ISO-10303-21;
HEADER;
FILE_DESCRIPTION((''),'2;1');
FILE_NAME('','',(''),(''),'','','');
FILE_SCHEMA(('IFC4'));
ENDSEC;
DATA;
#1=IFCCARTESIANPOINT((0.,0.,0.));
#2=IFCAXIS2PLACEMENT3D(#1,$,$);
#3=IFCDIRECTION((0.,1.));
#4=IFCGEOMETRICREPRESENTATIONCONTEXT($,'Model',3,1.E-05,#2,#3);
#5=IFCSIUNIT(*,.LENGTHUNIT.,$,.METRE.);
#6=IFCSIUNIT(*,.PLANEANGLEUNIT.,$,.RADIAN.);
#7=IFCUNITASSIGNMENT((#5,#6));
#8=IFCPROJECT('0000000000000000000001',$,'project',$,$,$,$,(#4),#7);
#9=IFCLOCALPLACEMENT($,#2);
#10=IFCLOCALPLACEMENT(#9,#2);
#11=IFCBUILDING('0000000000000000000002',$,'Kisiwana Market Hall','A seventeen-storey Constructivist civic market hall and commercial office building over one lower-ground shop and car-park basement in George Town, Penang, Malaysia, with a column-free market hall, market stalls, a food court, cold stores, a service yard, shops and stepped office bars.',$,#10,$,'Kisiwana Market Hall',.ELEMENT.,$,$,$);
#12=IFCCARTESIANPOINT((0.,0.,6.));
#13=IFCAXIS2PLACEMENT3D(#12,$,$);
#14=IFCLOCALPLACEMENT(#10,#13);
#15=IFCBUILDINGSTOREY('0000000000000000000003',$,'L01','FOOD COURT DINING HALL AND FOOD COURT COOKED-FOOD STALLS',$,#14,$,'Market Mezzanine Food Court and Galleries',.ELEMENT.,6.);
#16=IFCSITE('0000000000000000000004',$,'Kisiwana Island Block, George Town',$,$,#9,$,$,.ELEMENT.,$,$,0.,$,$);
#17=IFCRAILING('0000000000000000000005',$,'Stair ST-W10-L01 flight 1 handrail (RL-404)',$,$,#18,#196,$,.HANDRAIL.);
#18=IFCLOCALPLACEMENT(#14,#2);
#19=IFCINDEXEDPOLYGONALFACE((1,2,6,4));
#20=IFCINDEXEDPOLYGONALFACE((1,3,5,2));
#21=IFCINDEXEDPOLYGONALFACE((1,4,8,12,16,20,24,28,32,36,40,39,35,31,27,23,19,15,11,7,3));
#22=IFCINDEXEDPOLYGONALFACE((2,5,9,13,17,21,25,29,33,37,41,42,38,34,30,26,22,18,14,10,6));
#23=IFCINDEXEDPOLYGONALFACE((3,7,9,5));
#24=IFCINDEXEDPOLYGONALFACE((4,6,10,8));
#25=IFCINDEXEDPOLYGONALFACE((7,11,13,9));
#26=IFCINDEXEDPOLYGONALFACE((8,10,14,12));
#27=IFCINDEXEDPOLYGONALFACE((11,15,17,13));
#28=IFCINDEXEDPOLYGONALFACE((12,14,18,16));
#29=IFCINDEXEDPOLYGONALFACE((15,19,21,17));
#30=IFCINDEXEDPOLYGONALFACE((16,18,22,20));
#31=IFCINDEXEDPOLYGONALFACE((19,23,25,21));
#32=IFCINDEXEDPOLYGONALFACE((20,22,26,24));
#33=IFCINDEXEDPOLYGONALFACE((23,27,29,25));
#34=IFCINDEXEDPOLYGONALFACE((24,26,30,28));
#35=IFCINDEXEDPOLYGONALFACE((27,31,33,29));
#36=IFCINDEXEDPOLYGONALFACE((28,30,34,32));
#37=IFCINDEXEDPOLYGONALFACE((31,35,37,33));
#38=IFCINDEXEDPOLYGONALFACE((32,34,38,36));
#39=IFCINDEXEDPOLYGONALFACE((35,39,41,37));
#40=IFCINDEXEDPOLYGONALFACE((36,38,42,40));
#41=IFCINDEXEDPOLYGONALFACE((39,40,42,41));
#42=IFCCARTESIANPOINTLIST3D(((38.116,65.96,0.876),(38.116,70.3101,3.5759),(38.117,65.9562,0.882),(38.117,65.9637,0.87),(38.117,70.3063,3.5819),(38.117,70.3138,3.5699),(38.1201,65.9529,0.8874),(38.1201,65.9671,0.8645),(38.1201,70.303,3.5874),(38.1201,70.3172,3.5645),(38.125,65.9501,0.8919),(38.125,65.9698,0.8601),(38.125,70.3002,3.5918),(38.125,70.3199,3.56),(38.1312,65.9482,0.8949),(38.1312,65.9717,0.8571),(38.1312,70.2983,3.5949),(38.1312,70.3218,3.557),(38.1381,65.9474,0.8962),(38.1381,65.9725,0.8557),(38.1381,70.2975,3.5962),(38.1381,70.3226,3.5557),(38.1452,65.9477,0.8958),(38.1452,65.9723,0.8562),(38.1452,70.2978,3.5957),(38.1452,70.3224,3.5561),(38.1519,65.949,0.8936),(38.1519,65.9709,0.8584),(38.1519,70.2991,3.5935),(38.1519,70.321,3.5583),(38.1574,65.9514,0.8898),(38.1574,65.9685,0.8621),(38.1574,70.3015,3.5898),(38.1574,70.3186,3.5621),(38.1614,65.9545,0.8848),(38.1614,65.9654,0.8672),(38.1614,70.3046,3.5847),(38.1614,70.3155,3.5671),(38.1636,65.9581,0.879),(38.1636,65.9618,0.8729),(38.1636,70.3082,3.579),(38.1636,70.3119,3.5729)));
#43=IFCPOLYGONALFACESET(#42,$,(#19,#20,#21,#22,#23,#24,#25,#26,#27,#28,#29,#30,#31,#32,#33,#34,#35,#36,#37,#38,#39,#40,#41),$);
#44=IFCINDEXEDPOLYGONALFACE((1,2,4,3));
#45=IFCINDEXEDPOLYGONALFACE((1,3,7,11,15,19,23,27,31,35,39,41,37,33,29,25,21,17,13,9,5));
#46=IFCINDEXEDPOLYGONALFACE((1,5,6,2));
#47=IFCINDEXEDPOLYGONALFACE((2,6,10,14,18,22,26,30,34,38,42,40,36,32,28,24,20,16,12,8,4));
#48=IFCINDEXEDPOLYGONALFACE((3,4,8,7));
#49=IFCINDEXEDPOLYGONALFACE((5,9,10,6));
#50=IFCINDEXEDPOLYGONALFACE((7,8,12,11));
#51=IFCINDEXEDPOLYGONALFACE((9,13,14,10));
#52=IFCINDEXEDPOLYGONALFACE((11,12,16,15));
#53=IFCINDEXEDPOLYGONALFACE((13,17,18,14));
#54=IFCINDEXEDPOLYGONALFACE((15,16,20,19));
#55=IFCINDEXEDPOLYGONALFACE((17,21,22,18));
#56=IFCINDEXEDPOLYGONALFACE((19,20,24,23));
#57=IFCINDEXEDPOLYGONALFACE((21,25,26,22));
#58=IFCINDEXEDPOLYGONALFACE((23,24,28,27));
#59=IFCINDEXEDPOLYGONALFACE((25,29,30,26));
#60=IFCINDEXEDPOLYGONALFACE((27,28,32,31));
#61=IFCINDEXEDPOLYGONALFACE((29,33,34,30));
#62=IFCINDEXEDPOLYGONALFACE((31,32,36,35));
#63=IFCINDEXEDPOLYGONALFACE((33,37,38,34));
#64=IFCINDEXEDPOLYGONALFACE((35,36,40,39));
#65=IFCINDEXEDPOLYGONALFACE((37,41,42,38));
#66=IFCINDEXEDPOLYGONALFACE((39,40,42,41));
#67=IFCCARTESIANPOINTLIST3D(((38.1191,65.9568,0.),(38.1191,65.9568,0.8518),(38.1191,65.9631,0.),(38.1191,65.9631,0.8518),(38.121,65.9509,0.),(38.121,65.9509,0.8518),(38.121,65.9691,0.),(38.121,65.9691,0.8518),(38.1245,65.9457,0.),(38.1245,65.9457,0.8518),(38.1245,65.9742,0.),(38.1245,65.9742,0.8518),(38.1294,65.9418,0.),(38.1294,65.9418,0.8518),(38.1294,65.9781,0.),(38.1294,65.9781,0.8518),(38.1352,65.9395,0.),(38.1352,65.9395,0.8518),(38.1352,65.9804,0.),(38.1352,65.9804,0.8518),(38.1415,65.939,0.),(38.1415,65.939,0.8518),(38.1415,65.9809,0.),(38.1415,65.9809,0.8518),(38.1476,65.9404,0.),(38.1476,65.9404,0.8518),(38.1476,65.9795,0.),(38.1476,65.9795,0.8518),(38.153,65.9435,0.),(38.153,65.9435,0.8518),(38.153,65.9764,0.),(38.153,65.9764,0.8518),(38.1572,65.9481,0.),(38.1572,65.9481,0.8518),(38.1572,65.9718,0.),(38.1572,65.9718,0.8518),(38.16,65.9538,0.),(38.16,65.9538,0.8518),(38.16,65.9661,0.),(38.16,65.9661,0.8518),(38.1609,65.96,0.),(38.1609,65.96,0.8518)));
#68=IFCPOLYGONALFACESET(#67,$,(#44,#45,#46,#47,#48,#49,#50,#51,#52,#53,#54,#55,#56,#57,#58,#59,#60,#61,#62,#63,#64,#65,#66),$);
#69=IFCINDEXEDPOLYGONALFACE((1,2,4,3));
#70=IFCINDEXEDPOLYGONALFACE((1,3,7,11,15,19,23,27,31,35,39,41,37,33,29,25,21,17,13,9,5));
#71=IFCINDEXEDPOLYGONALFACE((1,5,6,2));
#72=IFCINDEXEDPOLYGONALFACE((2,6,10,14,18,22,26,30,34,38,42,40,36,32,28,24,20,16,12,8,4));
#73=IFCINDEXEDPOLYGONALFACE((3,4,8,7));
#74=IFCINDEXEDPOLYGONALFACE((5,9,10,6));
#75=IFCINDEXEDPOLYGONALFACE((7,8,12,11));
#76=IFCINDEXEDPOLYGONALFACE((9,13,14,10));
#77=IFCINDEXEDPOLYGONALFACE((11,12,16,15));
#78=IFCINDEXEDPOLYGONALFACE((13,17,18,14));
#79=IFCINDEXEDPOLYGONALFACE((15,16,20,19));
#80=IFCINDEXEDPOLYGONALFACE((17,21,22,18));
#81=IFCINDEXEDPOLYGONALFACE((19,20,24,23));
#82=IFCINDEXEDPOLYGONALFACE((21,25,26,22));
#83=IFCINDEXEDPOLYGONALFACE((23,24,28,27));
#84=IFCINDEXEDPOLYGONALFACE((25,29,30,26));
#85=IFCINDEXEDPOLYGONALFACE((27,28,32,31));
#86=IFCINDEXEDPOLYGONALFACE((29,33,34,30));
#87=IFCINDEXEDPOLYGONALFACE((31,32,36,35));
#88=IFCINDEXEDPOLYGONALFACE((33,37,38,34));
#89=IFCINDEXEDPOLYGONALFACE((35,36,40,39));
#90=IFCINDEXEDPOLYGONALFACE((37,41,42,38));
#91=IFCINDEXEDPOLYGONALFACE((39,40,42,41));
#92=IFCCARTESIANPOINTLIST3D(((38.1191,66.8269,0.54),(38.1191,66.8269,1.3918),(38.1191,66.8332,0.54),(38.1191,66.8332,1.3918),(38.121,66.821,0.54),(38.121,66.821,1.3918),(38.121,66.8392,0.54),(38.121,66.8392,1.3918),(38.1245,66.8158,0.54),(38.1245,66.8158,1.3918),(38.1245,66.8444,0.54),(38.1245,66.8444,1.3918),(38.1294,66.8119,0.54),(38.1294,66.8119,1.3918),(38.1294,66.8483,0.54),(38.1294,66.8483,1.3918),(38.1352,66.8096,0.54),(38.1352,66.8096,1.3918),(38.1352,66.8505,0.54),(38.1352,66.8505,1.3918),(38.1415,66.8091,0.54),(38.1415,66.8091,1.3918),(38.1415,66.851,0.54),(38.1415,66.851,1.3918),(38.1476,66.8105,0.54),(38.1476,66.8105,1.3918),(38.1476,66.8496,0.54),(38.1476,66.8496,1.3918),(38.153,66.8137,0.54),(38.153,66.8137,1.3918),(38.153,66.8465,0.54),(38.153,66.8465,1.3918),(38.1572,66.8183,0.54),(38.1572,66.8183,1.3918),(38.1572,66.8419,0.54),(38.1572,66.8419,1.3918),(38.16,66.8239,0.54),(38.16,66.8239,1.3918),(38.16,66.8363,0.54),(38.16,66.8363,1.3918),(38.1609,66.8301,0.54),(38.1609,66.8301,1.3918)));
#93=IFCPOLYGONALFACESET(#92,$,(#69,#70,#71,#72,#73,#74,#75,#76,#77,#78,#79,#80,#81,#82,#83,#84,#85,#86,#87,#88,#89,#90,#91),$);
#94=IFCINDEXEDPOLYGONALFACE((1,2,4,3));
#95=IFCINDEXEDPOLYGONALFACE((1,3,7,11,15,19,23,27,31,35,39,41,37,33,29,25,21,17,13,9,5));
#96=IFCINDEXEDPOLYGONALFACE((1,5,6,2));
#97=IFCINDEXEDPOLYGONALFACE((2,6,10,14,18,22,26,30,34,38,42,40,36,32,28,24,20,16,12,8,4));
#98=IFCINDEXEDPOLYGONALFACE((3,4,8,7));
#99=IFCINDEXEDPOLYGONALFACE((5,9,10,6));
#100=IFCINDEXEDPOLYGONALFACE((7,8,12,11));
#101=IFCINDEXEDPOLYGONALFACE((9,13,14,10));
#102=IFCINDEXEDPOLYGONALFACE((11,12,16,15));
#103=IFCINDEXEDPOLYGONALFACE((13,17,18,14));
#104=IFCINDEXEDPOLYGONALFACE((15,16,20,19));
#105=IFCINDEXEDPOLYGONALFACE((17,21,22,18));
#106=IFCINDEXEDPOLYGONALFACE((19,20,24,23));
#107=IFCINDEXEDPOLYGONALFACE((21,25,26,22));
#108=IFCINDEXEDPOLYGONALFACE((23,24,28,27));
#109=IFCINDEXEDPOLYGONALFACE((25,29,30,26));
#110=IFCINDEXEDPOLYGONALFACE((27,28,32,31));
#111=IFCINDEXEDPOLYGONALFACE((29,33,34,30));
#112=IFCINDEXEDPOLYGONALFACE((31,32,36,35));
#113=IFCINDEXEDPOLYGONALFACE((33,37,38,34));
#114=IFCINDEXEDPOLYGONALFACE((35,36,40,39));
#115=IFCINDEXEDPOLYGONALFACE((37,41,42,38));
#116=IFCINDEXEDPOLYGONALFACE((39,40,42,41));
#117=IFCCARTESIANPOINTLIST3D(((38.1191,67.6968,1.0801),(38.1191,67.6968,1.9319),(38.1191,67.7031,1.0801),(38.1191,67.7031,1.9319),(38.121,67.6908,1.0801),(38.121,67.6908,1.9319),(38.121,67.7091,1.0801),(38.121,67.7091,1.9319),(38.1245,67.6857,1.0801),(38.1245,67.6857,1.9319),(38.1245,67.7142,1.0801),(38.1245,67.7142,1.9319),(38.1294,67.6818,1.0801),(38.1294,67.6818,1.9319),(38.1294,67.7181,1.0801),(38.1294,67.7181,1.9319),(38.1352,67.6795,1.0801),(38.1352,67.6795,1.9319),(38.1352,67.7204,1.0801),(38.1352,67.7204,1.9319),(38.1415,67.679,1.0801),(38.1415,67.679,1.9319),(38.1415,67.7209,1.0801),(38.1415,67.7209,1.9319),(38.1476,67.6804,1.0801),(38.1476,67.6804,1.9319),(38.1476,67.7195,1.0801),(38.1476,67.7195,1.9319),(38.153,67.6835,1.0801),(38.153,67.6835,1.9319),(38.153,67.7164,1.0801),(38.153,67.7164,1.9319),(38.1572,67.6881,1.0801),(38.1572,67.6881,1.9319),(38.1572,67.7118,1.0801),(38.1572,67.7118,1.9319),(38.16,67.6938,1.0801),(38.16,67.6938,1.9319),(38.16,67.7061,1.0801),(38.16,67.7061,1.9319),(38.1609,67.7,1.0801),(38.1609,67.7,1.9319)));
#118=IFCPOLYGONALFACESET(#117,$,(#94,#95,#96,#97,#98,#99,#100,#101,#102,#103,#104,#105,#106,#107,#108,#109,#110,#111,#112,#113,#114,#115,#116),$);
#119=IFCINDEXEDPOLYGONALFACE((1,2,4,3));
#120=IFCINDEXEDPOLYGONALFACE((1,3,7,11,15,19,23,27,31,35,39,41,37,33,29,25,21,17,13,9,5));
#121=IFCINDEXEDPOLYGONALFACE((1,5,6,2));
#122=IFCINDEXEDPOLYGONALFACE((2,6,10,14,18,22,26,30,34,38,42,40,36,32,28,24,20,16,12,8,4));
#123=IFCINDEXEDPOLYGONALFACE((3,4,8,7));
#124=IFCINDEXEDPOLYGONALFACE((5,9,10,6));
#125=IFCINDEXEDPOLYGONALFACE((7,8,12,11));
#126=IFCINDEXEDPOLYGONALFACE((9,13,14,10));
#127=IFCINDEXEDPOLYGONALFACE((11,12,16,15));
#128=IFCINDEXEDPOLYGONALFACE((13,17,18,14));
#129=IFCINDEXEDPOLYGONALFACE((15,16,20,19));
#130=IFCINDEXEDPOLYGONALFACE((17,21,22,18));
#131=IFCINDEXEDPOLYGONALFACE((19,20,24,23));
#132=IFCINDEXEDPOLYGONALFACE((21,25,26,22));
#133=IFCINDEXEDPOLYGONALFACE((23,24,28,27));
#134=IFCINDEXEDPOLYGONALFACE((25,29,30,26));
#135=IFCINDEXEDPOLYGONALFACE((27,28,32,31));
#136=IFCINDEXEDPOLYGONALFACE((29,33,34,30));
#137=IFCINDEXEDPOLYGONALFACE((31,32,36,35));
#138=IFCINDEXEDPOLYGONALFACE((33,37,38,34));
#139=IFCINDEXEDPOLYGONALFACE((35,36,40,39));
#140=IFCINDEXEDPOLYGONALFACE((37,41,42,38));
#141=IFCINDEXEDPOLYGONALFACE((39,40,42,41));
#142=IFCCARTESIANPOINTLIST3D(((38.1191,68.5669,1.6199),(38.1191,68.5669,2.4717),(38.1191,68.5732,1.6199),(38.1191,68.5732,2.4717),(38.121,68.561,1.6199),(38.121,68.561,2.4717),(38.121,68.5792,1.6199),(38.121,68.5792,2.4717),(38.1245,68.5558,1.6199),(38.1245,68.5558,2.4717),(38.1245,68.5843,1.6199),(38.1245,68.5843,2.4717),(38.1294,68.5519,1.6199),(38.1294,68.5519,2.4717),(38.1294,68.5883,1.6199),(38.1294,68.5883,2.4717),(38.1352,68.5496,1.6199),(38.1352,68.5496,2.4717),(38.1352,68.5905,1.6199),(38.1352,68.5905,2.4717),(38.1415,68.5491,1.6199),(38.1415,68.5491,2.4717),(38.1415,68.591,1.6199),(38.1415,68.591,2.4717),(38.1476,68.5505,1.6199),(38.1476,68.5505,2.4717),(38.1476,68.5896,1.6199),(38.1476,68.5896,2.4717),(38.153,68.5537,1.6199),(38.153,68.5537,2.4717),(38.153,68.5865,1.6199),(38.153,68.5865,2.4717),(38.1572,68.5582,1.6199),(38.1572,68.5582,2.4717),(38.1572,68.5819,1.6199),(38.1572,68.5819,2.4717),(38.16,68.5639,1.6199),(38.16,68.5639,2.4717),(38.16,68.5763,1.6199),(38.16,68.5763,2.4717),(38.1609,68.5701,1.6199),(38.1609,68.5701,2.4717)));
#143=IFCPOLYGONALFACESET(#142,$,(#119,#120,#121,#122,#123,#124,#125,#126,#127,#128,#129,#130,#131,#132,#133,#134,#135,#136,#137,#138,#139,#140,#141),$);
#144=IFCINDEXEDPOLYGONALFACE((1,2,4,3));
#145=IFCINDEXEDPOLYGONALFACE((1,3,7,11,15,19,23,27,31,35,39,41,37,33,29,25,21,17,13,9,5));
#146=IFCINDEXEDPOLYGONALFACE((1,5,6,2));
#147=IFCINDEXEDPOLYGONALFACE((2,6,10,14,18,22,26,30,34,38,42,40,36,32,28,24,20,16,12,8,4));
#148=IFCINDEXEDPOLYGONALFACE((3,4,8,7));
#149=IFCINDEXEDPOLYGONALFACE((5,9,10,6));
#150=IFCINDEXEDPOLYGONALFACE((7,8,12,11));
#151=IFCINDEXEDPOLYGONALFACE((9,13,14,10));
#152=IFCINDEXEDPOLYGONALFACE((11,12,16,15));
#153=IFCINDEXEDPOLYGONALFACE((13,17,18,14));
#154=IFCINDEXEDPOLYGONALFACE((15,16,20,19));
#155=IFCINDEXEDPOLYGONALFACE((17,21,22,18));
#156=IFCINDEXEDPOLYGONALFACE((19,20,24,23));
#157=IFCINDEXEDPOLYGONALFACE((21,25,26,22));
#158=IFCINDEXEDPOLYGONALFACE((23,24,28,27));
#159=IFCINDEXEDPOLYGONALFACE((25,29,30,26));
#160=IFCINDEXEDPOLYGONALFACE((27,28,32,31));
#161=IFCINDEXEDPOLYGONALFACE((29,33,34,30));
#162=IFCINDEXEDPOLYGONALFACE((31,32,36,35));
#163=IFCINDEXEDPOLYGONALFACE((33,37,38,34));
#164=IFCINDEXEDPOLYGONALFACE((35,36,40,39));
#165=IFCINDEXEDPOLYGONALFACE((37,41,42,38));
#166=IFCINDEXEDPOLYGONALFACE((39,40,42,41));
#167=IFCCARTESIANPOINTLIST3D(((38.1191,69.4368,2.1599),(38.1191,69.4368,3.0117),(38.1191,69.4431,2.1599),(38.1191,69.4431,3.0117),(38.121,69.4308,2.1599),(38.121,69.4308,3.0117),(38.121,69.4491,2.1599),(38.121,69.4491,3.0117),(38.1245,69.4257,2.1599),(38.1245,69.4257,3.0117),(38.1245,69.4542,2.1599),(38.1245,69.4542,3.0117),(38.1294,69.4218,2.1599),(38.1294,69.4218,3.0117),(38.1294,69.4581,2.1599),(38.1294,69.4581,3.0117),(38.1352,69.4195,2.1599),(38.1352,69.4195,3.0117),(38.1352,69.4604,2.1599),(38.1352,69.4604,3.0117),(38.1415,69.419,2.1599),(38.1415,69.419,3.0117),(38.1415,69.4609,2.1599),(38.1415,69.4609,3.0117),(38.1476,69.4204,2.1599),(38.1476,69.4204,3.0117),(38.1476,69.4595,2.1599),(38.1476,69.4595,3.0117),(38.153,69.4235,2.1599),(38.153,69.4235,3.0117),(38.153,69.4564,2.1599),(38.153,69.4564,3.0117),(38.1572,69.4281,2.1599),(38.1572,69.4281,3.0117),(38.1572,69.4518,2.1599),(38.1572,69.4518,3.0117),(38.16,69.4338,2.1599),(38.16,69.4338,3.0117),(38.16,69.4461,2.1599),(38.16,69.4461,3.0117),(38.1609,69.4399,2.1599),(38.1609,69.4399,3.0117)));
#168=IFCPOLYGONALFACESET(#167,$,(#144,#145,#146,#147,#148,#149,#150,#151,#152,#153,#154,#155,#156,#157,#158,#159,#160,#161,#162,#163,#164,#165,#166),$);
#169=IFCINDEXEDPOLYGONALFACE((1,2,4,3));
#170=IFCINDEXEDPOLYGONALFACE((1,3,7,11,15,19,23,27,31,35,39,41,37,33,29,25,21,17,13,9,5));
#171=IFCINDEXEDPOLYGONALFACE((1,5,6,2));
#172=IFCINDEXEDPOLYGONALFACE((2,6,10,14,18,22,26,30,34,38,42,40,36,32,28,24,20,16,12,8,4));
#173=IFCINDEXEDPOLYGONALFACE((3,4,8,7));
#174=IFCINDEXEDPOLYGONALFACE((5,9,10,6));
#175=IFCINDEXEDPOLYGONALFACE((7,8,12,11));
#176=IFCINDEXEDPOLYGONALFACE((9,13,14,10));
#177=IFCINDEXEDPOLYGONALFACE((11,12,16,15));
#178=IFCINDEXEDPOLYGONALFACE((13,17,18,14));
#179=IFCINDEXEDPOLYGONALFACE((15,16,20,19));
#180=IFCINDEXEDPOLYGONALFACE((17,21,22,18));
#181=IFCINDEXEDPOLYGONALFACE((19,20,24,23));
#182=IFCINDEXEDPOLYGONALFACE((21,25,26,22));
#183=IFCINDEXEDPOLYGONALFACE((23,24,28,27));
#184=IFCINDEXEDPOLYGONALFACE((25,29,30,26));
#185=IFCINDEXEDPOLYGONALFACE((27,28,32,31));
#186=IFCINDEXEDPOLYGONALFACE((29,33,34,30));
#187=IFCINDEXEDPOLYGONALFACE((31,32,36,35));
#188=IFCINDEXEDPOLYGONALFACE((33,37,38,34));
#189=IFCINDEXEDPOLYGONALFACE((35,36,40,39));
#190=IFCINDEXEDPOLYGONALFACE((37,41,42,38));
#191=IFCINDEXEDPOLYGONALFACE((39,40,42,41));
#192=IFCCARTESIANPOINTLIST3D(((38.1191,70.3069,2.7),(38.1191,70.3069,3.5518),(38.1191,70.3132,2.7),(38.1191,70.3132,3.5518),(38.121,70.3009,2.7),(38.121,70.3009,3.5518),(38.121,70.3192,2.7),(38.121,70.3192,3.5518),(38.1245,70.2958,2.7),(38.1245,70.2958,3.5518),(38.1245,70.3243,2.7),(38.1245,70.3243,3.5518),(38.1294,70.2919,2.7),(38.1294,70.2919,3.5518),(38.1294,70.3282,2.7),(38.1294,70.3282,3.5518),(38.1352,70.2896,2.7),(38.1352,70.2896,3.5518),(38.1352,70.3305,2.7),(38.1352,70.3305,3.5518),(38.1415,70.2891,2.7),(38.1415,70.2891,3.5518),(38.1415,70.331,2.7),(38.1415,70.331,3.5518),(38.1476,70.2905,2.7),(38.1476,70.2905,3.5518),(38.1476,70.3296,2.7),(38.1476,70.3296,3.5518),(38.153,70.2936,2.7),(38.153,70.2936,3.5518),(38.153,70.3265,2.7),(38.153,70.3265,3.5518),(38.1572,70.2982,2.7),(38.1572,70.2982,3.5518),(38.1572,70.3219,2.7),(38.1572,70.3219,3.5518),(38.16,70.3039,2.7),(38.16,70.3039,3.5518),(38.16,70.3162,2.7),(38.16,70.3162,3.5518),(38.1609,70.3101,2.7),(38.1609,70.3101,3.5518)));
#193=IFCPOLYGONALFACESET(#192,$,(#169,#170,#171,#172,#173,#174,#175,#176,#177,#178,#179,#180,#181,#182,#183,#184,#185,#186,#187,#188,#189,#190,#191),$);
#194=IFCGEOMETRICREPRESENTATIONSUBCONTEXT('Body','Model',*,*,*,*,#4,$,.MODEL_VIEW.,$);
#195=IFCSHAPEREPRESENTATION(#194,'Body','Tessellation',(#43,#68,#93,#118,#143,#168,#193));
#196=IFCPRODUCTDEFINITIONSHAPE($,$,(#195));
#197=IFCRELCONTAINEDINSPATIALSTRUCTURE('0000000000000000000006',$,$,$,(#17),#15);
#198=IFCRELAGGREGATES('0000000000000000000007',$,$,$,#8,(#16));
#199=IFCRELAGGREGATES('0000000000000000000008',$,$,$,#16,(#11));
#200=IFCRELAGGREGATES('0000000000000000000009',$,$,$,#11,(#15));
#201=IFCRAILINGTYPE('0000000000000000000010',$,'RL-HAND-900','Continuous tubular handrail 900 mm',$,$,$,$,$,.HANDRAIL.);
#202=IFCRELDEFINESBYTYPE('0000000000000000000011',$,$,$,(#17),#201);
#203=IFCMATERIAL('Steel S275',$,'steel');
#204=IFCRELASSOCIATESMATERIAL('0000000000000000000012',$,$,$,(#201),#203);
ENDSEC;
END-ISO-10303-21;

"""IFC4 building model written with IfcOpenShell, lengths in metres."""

from ifc_helpers import new_model, si_unit, direction, frame, origin, origin_2d, place, context, subcontext, project, spatial, circle, extrude, material, type_object, element, save


model = new_model("IFC4")

# Units and contexts
model_context = context("Model", 3, precision=1e-05, world=origin(), true_north=direction((0.0, 1.0)))
body_context = subcontext(model_context, "Body", "Model", "MODEL_VIEW")
ifc_project = project(units=[si_unit("LENGTHUNIT", "METRE"), si_unit("PLANEANGLEUNIT", "RADIAN")], contexts=[model_context])

# Site, building, storey
site_placement = place(None, origin())
site = spatial("IfcSite", under=ifc_project, at=site_placement, Name="Kisiwana Island Block, George Town", CompositionType="ELEMENT", RefElevation=0.0)
building_placement = place(site_placement, origin())
building = spatial("IfcBuilding", under=site, at=building_placement, Name="Kisiwana Market Hall", Description="A seventeen-storey Constructivist civic market hall and commercial office building over one lower-ground shop and car-park basement in George Town, Penang, Malaysia, with a column-free market hall, market stalls, a food court, cold stores, a service yard, shops and stepped office bars.", LongName="Kisiwana Market Hall", CompositionType="ELEMENT")
storey_placement = place(building_placement, frame((0.0, 0.0, 6.0)))
storey = spatial("IfcBuildingStorey", under=building, at=storey_placement, Name="L01", Description="FOOD COURT DINING HALL AND FOOD COURT COOKED-FOOD STALLS", LongName="Market Mezzanine Food Court and Galleries", CompositionType="ELEMENT", Elevation=6.0)

# Railing
ifc_material_1 = material(Name="Steel S275", Category="steel")
railing_type_1 = type_object("IfcRailingType", Name="RL-HAND-900", Description="Continuous tubular handrail 900 mm", PredefinedType="HANDRAIL", material=ifc_material_1)
railing_1_placement = place(storey_placement, frame((38.1399, 65.96, 0.0)))
element("IfcRailing", 1, at=railing_1_placement, inside=storey, type_object=railing_type_1, Name="Stair ST-W10-L01 flight 1 handrail (RL-404)", PredefinedType="HANDRAIL", context=body_context, shape_type="SweptSolid", body=[
    extrude(circle(Radius=0.0239, at=origin_2d()), frame((0.0, 0.0, 0.876), z_axis=(0.0, 0.84965, 0.527347), x_axis=(-1.0, 0.0, 0.0)), (0.0, 0.0, 1.0), 5.1199),
    extrude(circle(Radius=0.021, at=origin_2d()), origin(), (0.0, 0.0, 1.0), 0.8518),
    extrude(circle(Radius=0.021, at=origin_2d()), frame((0.0, 0.8701, 0.54)), (0.0, 0.0, 1.0), 0.8518),
    extrude(circle(Radius=0.021, at=origin_2d()), frame((0.0, 1.74, 1.0801)), (0.0, 0.0, 1.0), 0.8518),
    extrude(circle(Radius=0.021, at=origin_2d()), frame((0.0, 2.6101, 1.6199)), (0.0, 0.0, 1.0), 0.8518),
    extrude(circle(Radius=0.021, at=origin_2d()), frame((0.0, 3.48, 2.1599)), (0.0, 0.0, 1.0), 0.8518),
    extrude(circle(Radius=0.021, at=origin_2d()), frame((0.0, 4.3501, 2.7)), (0.0, 0.0, 1.0), 0.8518),
])

save(model, "model.ifc")
